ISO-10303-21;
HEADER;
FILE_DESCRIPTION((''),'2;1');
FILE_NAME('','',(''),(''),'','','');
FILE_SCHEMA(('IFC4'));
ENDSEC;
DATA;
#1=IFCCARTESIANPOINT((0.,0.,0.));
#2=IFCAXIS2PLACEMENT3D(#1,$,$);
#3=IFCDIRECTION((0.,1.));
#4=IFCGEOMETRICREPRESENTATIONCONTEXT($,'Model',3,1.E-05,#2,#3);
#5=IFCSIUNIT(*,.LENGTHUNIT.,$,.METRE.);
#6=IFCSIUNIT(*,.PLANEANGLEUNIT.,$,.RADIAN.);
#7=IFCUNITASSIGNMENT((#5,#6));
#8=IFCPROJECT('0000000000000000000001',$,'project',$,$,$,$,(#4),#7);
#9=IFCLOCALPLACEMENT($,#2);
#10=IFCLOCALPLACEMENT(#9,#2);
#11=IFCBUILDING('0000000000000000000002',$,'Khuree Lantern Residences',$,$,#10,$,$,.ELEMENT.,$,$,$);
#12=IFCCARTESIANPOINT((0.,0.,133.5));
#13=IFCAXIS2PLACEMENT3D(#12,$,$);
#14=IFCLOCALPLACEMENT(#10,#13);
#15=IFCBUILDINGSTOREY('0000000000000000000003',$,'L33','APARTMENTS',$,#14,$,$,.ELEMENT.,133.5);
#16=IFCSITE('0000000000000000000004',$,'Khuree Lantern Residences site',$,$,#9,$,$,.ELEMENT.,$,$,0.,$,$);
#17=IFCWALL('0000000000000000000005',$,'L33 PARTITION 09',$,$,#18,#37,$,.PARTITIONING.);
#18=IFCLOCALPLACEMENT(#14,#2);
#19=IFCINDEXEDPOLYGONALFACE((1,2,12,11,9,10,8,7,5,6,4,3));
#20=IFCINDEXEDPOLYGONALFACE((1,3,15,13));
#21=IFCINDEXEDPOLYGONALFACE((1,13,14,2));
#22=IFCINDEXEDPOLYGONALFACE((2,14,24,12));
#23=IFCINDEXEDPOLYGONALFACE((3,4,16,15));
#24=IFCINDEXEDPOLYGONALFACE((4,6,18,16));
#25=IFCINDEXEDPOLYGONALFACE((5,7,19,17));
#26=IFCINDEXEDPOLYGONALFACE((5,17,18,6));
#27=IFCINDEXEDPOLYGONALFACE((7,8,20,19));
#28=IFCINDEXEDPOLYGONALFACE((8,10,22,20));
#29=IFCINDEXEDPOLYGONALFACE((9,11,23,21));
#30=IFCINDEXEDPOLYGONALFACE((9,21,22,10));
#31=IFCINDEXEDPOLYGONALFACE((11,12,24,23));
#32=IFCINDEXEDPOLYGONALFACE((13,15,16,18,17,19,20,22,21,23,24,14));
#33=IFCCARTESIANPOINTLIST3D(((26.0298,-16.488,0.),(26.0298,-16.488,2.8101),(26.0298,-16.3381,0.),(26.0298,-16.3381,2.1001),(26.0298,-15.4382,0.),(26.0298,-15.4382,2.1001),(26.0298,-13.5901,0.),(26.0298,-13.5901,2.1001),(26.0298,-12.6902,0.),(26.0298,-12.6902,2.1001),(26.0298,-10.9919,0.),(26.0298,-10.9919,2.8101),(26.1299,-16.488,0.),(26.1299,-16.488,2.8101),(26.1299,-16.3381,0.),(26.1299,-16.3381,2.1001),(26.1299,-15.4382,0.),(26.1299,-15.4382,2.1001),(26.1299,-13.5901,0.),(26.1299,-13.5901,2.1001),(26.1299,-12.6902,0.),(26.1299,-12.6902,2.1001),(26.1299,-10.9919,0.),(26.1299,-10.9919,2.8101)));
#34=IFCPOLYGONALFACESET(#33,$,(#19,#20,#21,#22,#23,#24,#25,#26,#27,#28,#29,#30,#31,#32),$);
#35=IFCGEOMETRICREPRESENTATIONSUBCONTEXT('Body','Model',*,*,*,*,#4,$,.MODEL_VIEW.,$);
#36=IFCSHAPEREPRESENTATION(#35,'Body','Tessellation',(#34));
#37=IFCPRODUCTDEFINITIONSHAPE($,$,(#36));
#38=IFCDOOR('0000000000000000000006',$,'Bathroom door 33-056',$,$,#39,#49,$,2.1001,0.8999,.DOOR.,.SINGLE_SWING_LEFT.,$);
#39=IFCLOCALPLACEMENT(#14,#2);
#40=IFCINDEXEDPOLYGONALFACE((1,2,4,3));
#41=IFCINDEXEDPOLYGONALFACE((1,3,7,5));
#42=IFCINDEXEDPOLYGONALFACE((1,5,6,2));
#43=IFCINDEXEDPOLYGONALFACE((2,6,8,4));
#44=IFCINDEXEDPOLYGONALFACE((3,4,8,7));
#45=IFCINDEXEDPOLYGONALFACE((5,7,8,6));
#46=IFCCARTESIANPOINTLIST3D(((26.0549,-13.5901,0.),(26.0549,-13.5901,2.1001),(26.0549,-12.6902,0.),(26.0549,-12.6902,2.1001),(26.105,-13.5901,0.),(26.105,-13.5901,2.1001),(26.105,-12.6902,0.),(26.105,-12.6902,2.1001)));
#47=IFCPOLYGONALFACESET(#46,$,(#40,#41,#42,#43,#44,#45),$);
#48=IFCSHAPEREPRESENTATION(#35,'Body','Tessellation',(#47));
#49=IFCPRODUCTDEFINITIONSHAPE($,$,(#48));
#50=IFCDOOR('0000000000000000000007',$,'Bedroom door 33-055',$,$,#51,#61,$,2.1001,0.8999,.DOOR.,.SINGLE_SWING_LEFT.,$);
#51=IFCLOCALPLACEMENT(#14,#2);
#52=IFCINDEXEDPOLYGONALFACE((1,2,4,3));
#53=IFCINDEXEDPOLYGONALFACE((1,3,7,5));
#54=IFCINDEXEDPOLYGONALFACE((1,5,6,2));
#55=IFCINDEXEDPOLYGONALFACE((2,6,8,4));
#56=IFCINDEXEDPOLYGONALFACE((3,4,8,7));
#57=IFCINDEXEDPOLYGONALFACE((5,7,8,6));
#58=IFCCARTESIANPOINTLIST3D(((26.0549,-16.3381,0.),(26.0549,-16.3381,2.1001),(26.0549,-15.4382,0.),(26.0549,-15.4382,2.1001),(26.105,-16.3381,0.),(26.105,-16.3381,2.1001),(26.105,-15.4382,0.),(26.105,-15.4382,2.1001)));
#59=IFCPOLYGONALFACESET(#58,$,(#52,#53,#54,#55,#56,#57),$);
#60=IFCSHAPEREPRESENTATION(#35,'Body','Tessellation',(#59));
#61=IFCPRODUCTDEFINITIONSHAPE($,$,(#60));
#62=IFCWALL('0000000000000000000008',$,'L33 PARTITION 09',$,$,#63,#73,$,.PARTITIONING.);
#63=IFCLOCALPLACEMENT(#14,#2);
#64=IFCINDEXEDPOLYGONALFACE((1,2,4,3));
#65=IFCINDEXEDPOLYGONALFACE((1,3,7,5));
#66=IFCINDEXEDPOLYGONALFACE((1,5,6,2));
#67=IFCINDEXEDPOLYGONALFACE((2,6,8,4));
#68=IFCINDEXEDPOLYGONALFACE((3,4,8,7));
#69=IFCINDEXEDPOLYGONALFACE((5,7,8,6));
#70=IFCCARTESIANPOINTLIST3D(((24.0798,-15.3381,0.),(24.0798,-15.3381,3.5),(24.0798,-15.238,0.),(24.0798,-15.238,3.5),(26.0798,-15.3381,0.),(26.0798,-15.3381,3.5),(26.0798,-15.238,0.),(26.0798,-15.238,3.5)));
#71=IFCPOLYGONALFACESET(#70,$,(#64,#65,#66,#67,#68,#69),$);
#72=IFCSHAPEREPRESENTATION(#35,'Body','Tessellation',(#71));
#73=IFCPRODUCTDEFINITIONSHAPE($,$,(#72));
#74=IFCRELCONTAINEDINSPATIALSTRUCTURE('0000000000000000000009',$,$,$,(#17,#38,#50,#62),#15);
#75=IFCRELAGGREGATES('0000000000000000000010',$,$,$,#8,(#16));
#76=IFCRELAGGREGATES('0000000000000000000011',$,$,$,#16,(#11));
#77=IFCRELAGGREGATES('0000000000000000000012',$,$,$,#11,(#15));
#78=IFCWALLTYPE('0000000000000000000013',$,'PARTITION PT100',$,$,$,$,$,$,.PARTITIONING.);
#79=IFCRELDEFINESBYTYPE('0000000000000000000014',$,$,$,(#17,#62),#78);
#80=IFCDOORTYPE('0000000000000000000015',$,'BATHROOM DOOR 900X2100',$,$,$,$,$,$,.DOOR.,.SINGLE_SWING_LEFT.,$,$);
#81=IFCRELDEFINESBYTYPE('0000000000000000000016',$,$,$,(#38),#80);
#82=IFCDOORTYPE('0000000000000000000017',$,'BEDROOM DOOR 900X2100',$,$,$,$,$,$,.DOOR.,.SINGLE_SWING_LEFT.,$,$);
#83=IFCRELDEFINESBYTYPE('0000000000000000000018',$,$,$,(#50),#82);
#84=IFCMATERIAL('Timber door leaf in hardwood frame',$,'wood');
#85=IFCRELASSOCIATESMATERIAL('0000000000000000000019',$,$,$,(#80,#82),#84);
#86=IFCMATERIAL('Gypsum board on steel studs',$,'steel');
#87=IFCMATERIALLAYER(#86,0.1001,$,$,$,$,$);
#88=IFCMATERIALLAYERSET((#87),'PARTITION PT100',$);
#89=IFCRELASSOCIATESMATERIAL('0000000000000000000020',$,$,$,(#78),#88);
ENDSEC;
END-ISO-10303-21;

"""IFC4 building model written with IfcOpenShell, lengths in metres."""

from ifc_helpers import new_model, si_unit, direction, frame, frame_2d, origin, place, context, subcontext, project, spatial, rectangle, extrude, material, layer, layer_set, type_object, element, fill, save


model = new_model("IFC4")

# Units and contexts
model_context = context("Model", 3, precision=1e-05, world=origin(), true_north=direction((0.0, 1.0)))
body_context = subcontext(model_context, "Body", "Model", "MODEL_VIEW")
ifc_project = project(units=[si_unit("LENGTHUNIT", "METRE"), si_unit("PLANEANGLEUNIT", "RADIAN")], contexts=[model_context])

# Site, building, storey
site_placement = place(None, origin())
site = spatial("IfcSite", under=ifc_project, at=site_placement, Name="Khuree Lantern Residences site", CompositionType="ELEMENT", RefElevation=0.0)
building_placement = place(site_placement, origin())
building = spatial("IfcBuilding", under=site, at=building_placement, Name="Khuree Lantern Residences", CompositionType="ELEMENT")
storey_placement = place(building_placement, frame((0.0, 0.0, 133.5)))
storey = spatial("IfcBuildingStorey", under=building, at=storey_placement, Name="L33", Description="APARTMENTS", CompositionType="ELEMENT", Elevation=133.5)

# Shared definitions
ifc_material_1 = material(Name="Timber door leaf in hardwood frame", Category="wood")
door_type_1 = type_object("IfcDoorType", Name="BATHROOM DOOR 900X2100", OperationType="SINGLE_SWING_LEFT", PredefinedType="DOOR", material=ifc_material_1)

# Shared definitions
ifc_material_2 = material(Name="Gypsum board on steel studs", Category="steel")

# Shared definitions
ifc_layer_1 = layer(ifc_material_2, 0.1001)
ifc_layer_set_1 = layer_set([ifc_layer_1], Name="PARTITION PT100")
wall_type_1 = type_object("IfcWallType", Name="PARTITION PT100", PredefinedType="PARTITIONING", material=ifc_layer_set_1)

# Shared definitions
door_type_2 = type_object("IfcDoorType", Name="BEDROOM DOOR 900X2100", OperationType="SINGLE_SWING_LEFT", PredefinedType="DOOR", material=ifc_material_1)

# Wall, openings, doors
wall_1_placement = place(storey_placement, frame((26.0798, -16.488, 0.0), z_axis=(0.0, 0.0, 1.0), x_axis=(0.0, 1.0, 0.0)))
wall_1 = element("IfcWall", 1, at=wall_1_placement, inside=storey, type_object=wall_type_1, Name="L33 PARTITION 09", PredefinedType="PARTITIONING", context=body_context, shape_type="SweptSolid", body=[
    extrude(rectangle(XDim=5.4961, YDim=0.1001, at=frame_2d((2.748, 0.0))), origin(), (0.0, 0.0, 1.0), 2.8101),
])
opening_1_placement = place(wall_1_placement, frame((0.1499, 0.0, 0.0)))
opening_1 = element("IfcOpeningElement", 2, at=opening_1_placement, cuts=wall_1, PredefinedType="OPENING", context=body_context, shape_type="SweptSolid", body=[
    extrude(rectangle(XDim=0.8999, YDim=2.1001, at=frame_2d((0.45, 1.05))), frame((0.0, 0.0601, 0.0), z_axis=(0.0, -1.0, 0.0), x_axis=(1.0, 0.0, 0.0)), (0.0, 0.0, 1.0), 0.1201),
])
opening_2_placement = place(wall_1_placement, frame((2.8979, 0.0, 0.0)))
opening_2 = element("IfcOpeningElement", 3, at=opening_2_placement, cuts=wall_1, PredefinedType="OPENING", context=body_context, shape_type="SweptSolid", body=[
    extrude(rectangle(XDim=0.8999, YDim=2.1001, at=frame_2d((0.45, 1.05))), frame((0.0, 0.0601, 0.0), z_axis=(0.0, -1.0, 0.0), x_axis=(1.0, 0.0, 0.0)), (0.0, 0.0, 1.0), 0.1201),
])
door_1_placement = place(opening_2_placement, origin())
door_1 = element("IfcDoor", 4, at=door_1_placement, inside=storey, type_object=door_type_1, Name="Bathroom door 33-056", OperationType="SINGLE_SWING_LEFT", OverallHeight=2.1001, OverallWidth=0.8999, PredefinedType="DOOR", context=body_context, shape_type="SweptSolid", body=[
    extrude(rectangle(XDim=0.8999, YDim=2.1001, at=frame_2d((0.45, 1.05))), frame((0.0, 0.0249, 0.0), z_axis=(0.0, -1.0, 0.0), x_axis=(1.0, 0.0, 0.0)), (0.0, 0.0, 1.0), 0.05),
])
fill(opening_2, door_1)
door_2_placement = place(opening_1_placement, origin())
door_2 = element("IfcDoor", 5, at=door_2_placement, inside=storey, type_object=door_type_2, Name="Bedroom door 33-055", OperationType="SINGLE_SWING_LEFT", OverallHeight=2.1001, OverallWidth=0.8999, PredefinedType="DOOR", context=body_context, shape_type="SweptSolid", body=[
    extrude(rectangle(XDim=0.8999, YDim=2.1001, at=frame_2d((0.45, 1.05))), frame((0.0, 0.0249, 0.0), z_axis=(0.0, -1.0, 0.0), x_axis=(1.0, 0.0, 0.0)), (0.0, 0.0, 1.0), 0.05),
])
fill(opening_1, door_2)

# Wall
wall_2_placement = place(storey_placement, frame((24.0798, -15.2881, 0.0), z_axis=(0.0, 0.0, 1.0), x_axis=(1.0, 0.0, 0.0)))
element("IfcWall", 6, at=wall_2_placement, inside=storey, type_object=wall_type_1, Name="L33 PARTITION 09", PredefinedType="PARTITIONING", context=body_context, shape_type="SweptSolid", body=[
    extrude(rectangle(XDim=2.0, YDim=0.1001, at=frame_2d((1.0, 0.0))), origin(), (0.0, 0.0, 1.0), 3.5),
])

save(model, "model.ifc")
